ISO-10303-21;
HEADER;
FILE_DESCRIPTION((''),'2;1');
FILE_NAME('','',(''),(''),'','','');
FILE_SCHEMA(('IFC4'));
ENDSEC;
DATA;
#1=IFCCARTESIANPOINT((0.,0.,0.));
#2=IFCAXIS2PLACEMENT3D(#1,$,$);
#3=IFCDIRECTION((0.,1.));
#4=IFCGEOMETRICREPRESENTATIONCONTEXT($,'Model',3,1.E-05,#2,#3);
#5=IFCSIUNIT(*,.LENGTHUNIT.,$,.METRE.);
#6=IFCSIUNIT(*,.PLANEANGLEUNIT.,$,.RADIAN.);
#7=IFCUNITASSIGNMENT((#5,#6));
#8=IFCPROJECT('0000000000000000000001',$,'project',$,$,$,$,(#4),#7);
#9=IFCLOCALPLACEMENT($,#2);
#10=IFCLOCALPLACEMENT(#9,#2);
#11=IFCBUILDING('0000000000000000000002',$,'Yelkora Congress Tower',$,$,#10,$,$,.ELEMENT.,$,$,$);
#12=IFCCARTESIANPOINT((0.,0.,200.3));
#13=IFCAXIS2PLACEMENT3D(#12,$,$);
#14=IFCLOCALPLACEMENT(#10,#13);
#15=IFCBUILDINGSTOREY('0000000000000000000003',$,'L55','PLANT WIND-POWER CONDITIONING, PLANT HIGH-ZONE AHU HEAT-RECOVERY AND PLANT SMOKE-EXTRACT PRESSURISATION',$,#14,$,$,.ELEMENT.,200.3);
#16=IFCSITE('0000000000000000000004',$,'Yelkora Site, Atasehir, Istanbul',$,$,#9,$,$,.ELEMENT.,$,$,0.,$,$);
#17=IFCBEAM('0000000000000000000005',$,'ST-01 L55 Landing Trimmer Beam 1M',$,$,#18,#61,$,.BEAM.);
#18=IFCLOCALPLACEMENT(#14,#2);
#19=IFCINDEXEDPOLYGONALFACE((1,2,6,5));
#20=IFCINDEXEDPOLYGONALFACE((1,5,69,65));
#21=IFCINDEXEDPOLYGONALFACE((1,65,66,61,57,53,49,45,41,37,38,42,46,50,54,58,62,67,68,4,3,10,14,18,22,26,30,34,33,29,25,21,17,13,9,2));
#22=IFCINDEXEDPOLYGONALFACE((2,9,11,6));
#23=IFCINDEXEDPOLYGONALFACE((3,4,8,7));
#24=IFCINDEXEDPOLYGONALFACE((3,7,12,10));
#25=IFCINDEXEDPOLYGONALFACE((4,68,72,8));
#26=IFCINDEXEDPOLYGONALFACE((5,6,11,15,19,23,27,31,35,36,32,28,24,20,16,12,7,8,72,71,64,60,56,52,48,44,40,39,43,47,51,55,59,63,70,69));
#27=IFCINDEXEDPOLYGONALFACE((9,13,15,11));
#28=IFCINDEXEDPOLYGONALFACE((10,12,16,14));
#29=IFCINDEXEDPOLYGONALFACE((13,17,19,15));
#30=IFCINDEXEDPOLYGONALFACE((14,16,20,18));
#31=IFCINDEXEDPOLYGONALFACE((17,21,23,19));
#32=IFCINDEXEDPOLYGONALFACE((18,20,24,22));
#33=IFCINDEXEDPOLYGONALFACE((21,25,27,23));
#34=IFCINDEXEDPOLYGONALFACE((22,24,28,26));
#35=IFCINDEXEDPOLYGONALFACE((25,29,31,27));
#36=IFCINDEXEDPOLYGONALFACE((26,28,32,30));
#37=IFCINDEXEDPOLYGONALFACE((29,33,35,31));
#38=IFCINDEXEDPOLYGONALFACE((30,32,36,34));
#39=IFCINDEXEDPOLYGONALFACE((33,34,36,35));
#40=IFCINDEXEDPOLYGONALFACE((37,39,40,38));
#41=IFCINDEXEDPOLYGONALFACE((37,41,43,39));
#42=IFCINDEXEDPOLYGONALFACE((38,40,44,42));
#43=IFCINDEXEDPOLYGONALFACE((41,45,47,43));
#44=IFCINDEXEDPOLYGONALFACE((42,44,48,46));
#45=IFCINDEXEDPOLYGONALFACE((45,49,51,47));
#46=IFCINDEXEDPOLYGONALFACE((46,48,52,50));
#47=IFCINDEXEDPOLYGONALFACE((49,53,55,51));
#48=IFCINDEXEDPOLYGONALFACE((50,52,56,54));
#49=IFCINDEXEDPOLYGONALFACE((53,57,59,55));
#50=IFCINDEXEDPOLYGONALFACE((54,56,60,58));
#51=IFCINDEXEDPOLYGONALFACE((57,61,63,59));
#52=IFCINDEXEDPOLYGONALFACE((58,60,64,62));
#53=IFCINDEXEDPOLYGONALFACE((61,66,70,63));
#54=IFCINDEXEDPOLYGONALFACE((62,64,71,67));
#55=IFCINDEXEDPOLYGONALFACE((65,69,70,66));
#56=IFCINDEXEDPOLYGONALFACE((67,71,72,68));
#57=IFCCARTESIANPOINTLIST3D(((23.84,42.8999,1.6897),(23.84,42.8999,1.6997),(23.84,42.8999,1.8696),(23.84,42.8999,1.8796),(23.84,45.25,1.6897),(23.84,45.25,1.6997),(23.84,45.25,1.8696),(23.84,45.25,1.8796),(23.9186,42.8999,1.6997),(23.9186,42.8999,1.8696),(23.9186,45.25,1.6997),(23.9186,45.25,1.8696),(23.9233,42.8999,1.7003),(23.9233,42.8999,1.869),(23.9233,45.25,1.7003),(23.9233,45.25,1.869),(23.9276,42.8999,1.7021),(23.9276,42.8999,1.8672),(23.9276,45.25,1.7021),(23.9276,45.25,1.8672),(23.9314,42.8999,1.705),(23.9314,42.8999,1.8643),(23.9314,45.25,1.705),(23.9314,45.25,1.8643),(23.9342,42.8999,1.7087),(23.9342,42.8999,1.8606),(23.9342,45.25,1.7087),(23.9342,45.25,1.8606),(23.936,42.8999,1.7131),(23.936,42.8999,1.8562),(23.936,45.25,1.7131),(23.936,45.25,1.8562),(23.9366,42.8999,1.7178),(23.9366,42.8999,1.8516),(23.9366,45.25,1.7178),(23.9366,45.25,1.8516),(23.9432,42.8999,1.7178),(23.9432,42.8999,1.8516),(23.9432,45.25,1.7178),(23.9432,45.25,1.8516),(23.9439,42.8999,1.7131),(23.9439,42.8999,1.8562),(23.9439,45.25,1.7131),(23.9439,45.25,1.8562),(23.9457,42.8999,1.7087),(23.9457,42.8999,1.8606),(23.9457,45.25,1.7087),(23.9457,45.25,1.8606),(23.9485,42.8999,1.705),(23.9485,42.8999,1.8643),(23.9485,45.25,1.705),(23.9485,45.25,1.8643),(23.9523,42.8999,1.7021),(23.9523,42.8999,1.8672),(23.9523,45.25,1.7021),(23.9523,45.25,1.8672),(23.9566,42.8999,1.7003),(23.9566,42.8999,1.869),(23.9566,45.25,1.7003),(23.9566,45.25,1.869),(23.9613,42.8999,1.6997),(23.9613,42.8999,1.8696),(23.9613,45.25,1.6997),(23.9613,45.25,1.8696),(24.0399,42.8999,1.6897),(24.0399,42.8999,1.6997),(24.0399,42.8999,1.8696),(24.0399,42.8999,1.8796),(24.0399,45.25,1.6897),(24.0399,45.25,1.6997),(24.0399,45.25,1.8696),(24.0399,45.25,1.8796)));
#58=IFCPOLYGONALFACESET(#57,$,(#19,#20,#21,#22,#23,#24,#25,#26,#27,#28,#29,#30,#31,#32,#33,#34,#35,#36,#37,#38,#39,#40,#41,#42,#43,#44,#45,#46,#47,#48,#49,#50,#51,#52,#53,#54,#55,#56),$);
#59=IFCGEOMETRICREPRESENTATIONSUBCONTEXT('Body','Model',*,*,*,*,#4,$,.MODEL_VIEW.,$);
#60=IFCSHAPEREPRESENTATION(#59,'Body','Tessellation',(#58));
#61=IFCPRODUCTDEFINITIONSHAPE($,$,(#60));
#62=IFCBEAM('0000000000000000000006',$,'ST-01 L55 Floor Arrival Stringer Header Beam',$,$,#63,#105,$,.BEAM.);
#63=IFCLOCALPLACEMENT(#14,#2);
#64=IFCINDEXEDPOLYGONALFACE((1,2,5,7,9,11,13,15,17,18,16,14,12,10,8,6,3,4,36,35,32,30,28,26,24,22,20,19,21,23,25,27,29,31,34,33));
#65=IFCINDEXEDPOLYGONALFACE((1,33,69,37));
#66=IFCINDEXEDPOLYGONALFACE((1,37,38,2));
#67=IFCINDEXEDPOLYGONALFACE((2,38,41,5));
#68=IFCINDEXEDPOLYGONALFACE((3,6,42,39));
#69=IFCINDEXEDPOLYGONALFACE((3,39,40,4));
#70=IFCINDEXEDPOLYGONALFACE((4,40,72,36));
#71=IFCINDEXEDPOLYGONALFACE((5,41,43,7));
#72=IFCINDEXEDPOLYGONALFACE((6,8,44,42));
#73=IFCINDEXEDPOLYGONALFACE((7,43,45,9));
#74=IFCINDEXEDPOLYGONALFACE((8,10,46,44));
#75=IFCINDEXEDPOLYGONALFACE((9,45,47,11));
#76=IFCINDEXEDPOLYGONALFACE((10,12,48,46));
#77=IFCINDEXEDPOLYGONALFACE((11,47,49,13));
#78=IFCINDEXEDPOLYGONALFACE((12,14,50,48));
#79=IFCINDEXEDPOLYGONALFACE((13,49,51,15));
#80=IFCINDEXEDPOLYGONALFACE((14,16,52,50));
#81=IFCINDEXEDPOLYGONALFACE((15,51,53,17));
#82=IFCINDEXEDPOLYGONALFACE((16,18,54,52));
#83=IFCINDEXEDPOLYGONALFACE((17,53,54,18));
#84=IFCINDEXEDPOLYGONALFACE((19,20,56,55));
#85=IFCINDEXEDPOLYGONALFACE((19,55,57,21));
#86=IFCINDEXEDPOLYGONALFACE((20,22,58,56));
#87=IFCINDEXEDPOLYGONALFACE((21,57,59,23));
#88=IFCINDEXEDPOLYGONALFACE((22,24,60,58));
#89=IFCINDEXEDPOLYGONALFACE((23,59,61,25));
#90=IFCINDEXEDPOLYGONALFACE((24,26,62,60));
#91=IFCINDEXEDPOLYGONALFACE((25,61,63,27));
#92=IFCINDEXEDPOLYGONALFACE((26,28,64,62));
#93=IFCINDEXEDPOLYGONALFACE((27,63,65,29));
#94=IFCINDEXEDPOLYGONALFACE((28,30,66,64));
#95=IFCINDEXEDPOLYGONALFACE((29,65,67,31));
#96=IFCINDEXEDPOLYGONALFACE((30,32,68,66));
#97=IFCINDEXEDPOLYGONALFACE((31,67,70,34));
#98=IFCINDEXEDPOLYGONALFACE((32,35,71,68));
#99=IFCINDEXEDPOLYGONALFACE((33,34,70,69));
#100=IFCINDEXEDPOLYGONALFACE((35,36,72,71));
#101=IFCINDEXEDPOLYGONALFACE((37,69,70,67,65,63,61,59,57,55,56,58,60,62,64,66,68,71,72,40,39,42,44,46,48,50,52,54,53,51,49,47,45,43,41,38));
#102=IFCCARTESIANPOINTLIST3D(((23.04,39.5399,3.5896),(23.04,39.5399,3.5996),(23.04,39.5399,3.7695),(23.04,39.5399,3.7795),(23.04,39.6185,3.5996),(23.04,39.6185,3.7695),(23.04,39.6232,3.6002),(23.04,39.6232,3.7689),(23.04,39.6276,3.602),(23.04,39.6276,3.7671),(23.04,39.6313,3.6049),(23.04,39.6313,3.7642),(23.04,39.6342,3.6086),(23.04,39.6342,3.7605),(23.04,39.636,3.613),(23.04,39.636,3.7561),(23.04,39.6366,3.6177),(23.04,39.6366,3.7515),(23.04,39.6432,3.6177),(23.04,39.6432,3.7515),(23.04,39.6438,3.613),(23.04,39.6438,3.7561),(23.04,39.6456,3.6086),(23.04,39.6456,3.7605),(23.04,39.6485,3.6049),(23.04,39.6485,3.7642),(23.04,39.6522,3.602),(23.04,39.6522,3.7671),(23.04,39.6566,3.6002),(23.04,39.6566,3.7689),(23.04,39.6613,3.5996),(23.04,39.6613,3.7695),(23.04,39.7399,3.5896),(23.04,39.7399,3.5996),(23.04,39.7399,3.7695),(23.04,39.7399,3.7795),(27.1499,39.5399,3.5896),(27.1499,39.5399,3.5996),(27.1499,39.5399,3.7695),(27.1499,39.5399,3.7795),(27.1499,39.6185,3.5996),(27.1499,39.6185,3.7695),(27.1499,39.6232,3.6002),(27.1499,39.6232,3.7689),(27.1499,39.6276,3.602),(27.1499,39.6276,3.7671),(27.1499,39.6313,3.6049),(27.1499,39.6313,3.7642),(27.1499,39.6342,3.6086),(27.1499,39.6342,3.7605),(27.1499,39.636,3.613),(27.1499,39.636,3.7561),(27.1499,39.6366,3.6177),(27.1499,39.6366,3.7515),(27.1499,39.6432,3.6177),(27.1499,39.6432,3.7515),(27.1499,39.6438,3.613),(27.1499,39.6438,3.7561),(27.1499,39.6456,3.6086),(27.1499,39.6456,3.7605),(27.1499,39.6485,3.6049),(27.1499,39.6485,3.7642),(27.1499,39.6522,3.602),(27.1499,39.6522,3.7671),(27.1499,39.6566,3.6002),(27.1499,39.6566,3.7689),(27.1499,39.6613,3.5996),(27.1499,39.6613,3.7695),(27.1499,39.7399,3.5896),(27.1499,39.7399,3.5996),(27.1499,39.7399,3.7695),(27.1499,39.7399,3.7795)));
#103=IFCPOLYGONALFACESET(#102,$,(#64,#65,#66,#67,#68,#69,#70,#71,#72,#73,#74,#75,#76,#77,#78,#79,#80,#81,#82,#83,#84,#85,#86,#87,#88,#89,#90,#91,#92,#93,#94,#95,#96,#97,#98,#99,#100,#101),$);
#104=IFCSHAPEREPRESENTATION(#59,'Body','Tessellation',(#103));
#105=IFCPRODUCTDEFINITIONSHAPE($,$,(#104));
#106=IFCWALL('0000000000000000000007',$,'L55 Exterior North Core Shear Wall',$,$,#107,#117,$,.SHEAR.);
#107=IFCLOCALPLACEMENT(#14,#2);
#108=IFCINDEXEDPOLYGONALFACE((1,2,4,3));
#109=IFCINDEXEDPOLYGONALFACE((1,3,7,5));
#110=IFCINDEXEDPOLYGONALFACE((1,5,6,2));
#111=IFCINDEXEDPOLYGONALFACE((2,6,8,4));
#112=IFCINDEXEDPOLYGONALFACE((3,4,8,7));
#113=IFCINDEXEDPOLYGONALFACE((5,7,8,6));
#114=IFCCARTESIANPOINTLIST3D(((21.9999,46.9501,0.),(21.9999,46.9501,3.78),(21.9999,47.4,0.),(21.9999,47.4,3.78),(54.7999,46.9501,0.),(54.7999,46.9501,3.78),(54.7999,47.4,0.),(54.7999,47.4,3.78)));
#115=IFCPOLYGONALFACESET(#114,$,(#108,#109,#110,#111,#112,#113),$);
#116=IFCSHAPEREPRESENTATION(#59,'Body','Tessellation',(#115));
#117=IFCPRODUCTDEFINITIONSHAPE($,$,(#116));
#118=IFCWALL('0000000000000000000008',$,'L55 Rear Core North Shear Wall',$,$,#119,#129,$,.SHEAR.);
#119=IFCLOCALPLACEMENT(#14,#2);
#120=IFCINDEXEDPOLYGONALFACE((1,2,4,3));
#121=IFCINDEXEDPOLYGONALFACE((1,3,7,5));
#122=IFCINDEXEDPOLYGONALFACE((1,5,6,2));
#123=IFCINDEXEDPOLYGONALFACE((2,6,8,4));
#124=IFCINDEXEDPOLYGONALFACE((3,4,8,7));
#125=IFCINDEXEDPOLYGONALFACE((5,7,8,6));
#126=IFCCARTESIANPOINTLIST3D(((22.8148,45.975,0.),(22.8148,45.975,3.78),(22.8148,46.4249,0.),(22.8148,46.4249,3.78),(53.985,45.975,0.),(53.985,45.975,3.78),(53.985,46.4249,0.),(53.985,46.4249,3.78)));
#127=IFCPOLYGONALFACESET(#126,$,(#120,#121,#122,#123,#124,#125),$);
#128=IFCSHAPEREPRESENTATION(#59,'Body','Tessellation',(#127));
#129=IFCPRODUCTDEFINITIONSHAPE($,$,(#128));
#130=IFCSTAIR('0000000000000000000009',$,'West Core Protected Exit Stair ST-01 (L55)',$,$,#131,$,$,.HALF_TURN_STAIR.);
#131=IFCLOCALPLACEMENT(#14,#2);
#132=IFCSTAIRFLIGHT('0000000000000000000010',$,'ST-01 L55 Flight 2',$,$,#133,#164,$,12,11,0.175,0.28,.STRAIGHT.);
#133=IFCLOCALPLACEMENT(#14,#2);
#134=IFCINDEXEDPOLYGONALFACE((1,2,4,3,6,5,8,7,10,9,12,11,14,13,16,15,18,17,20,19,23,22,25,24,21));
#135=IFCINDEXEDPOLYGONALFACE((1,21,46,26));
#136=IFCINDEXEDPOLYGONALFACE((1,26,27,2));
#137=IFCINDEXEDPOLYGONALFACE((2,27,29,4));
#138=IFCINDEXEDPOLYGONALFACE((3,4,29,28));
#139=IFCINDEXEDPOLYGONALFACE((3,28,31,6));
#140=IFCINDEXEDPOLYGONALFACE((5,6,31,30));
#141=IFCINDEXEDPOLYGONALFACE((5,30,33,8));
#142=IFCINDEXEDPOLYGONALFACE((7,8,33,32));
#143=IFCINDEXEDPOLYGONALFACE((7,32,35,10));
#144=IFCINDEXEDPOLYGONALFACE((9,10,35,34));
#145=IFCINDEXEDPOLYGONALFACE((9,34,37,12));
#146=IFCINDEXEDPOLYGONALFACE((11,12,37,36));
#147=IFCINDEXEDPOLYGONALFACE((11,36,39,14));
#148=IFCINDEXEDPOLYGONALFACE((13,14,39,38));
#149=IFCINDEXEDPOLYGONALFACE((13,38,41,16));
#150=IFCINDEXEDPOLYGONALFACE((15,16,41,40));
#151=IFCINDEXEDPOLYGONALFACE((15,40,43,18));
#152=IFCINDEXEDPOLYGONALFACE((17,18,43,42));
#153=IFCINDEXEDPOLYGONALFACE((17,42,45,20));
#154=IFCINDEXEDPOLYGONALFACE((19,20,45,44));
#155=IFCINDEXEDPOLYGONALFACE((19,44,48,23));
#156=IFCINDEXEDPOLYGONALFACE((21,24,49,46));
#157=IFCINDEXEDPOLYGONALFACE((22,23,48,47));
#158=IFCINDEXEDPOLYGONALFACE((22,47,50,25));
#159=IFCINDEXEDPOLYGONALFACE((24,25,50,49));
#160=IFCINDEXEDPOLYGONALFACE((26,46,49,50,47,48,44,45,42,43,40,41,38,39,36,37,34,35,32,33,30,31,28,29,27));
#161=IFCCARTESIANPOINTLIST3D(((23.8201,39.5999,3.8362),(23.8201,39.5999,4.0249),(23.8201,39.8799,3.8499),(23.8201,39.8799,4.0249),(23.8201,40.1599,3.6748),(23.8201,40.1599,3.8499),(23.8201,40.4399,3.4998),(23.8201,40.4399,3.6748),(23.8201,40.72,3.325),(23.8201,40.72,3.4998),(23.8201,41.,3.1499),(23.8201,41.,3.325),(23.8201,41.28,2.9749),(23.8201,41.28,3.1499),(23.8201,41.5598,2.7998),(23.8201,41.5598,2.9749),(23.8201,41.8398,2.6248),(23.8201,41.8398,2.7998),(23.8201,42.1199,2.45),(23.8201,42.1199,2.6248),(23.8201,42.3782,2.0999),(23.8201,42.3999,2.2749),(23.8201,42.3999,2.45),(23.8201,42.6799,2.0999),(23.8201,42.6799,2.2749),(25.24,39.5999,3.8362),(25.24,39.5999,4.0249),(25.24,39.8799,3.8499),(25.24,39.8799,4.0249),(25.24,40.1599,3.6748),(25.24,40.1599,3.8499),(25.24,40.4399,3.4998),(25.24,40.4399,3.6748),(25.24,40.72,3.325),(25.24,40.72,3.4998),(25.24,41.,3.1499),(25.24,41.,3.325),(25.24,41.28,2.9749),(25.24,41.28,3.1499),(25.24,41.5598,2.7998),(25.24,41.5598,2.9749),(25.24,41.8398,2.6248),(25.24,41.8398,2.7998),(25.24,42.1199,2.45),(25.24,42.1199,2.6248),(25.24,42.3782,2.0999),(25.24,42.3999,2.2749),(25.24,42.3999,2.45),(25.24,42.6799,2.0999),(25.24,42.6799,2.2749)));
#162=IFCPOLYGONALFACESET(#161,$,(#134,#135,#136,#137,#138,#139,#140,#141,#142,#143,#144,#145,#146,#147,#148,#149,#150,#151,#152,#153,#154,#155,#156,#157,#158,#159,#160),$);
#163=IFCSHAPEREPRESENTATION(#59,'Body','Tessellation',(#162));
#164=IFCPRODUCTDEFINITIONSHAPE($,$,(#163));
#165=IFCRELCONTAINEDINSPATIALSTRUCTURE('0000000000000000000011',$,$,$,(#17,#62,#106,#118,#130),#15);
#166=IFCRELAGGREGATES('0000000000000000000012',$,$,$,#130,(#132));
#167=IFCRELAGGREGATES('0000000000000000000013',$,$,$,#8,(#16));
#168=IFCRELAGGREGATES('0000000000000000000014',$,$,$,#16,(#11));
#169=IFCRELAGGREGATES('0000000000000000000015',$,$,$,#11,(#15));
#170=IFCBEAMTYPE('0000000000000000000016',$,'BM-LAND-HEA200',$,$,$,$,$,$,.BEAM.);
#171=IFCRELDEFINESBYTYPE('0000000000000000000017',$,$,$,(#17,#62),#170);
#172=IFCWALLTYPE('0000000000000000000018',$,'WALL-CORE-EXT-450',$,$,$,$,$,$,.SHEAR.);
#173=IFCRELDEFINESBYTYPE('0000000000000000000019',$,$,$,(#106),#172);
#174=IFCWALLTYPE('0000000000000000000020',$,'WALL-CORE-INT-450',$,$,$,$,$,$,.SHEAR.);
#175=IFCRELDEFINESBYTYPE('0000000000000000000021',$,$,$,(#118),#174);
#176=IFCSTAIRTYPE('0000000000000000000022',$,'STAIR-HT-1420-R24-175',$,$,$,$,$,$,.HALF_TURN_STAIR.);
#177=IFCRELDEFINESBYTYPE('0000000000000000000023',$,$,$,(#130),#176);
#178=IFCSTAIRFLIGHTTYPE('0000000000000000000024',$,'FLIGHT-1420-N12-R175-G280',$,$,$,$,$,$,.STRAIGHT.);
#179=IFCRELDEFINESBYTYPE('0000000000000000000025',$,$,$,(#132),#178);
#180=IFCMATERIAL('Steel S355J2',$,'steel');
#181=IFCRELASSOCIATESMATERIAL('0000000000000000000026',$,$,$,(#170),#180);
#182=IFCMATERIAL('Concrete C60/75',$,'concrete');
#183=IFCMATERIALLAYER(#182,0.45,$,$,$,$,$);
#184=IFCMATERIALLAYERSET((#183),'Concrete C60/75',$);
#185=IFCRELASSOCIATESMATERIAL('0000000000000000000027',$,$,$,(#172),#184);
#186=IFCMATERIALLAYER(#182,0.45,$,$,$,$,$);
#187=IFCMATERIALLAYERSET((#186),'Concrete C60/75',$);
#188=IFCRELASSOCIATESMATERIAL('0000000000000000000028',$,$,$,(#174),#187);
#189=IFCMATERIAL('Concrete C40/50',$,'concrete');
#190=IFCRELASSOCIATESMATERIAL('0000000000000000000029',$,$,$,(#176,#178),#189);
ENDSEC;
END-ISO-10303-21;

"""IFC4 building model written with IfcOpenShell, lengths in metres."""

from ifc_helpers import new_model, si_unit, direction, frame, frame_2d, origin, origin_2d, place, context, subcontext, project, spatial, polyline, rectangle, i_section, outline, extrude, material, layer, layer_set, material_profile, profile_set, type_object, element, aggregate, save


model = new_model("IFC4")

# Units and contexts
model_context = context("Model", 3, precision=1e-05, world=origin(), true_north=direction((0.0, 1.0)))
body_context = subcontext(model_context, "Body", "Model", "MODEL_VIEW")
ifc_project = project(units=[si_unit("LENGTHUNIT", "METRE"), si_unit("PLANEANGLEUNIT", "RADIAN")], contexts=[model_context])

# Site, building, storey
site_placement = place(None, origin())
site = spatial("IfcSite", under=ifc_project, at=site_placement, Name="Yelkora Site, Atasehir, Istanbul", CompositionType="ELEMENT", RefElevation=0.0)
building_placement = place(site_placement, origin())
building = spatial("IfcBuilding", under=site, at=building_placement, Name="Yelkora Congress Tower", CompositionType="ELEMENT")
storey_placement = place(building_placement, frame((0.0, 0.0, 200.3)))
storey = spatial("IfcBuildingStorey", under=building, at=storey_placement, Name="L55", Description="PLANT WIND-POWER CONDITIONING, PLANT HIGH-ZONE AHU HEAT-RECOVERY AND PLANT SMOKE-EXTRACT PRESSURISATION", CompositionType="ELEMENT", Elevation=200.3)

# Beams
ifc_material_1 = material(Name="Steel S355J2", Category="steel")
ifc_material_profile_1 = material_profile(ifc_material_1, i_section(OverallWidth=0.2, OverallDepth=0.1899, WebThickness=0.0066, FlangeThickness=0.01, FilletRadius=0.0181, at=origin_2d()), Name="HEA 200")
ifc_profile_set_1 = profile_set([ifc_material_profile_1], Name="Steel S355J2")
beam_type = type_object("IfcBeamType", Name="BM-LAND-HEA200", PredefinedType="BEAM", material=ifc_profile_set_1)
beam_1_placement = place(storey_placement, frame((23.9399, 42.8999, 1.7847), z_axis=(0.0, 1.0, 0.0), x_axis=(-1.0, 0.0, 0.0)))
element("IfcBeam", 1, at=beam_1_placement, inside=storey, type_object=beam_type, Name="ST-01 L55 Landing Trimmer Beam 1M", PredefinedType="BEAM", context=body_context, shape_type="SweptSolid", body=[
    extrude(i_section(OverallWidth=0.2, OverallDepth=0.1899, WebThickness=0.0066, FlangeThickness=0.01, FilletRadius=0.0181, at=origin_2d()), origin(), (0.0, 0.0, 1.0), 2.3501),
])
beam_2_placement = place(storey_placement, frame((23.04, 39.6399, 3.6846), z_axis=(1.0, 0.0, 0.0), x_axis=(0.0, 1.0, 0.0)))
element("IfcBeam", 2, at=beam_2_placement, inside=storey, type_object=beam_type, Name="ST-01 L55 Floor Arrival Stringer Header Beam", PredefinedType="BEAM", context=body_context, shape_type="SweptSolid", body=[
    extrude(i_section(OverallWidth=0.2, OverallDepth=0.1899, WebThickness=0.0066, FlangeThickness=0.01, FilletRadius=0.0181, at=origin_2d()), origin(), (0.0, 0.0, 1.0), 4.1099),
])

# Walls
ifc_material_2 = material(Name="Concrete C60/75", Category="concrete")
ifc_layer_1 = layer(ifc_material_2, 0.45)
ifc_layer_set_1 = layer_set([ifc_layer_1], Name="Concrete C60/75")
wall_type_1 = type_object("IfcWallType", Name="WALL-CORE-EXT-450", PredefinedType="SHEAR", material=ifc_layer_set_1)
wall_1_placement = place(storey_placement, frame((22.0, 47.175, 0.0), z_axis=(0.0, 0.0, 1.0), x_axis=(1.0, 0.0, 0.0)))
element("IfcWall", 3, at=wall_1_placement, inside=storey, type_object=wall_type_1, Name="L55 Exterior North Core Shear Wall", PredefinedType="SHEAR", context=body_context, shape_type="SweptSolid", body=[
    extrude(rectangle(XDim=32.8, YDim=0.45, at=frame_2d((16.3999, 0.0))), origin(), (0.0, 0.0, 1.0), 3.78),
])
ifc_layer_2 = layer(ifc_material_2, 0.45)
ifc_layer_set_2 = layer_set([ifc_layer_2], Name="Concrete C60/75")
wall_type_2 = type_object("IfcWallType", Name="WALL-CORE-INT-450", PredefinedType="SHEAR", material=ifc_layer_set_2)
wall_2_placement = place(storey_placement, frame((22.8149, 46.2, 0.0), z_axis=(0.0, 0.0, 1.0), x_axis=(1.0, 0.0, 0.0)))
element("IfcWall", 4, at=wall_2_placement, inside=storey, type_object=wall_type_2, Name="L55 Rear Core North Shear Wall", PredefinedType="SHEAR", context=body_context, shape_type="SweptSolid", body=[
    extrude(rectangle(XDim=31.1702, YDim=0.45, at=frame_2d((15.585, 0.0))), origin(), (0.0, 0.0, 1.0), 3.78),
])

# Stair, stair flight
ifc_material_3 = material(Name="Concrete C40/50", Category="concrete")
stair_type = type_object("IfcStairType", Name="STAIR-HT-1420-R24-175", PredefinedType="HALF_TURN_STAIR", material=ifc_material_3)
stair_placement = place(storey_placement, origin())
stair = element("IfcStair", 5, at=stair_placement, inside=storey, type_object=stair_type, Name="West Core Protected Exit Stair ST-01 (L55)", PredefinedType="HALF_TURN_STAIR")
stair_flight_type = type_object("IfcStairFlightType", Name="FLIGHT-1420-N12-R175-G280", PredefinedType="STRAIGHT", material=ifc_material_3)
stair_flight_placement = place(storey_placement, frame((24.53, 42.6799, 2.0999), z_axis=(0.0, 0.0, 1.0), x_axis=(0.0, -1.0, 0.0)))
stair_flight = element("IfcStairFlight", 6, at=stair_flight_placement, type_object=stair_flight_type, Name="ST-01 L55 Flight 2", NumberOfRisers=12, NumberOfTreads=11, PredefinedType="STRAIGHT", RiserHeight=0.175, TreadLength=0.28, context=body_context, shape_type="SweptSolid", body=[
    extrude(outline(polyline([(0.0, 0.0), (0.0, 0.175), (0.28, 0.175), (0.28, 0.3501), (0.5601, 0.3501), (0.5601, 0.5249), (0.8401, 0.5249), (0.8401, 0.7), (1.1201, 0.7), (1.1201, 0.875), (1.3999, 0.875), (1.3999, 1.05), (1.6799, 1.05), (1.6799, 1.2251), (1.96, 1.2251), (1.96, 1.3999), (2.24, 1.3999), (2.24, 1.575), (2.52, 1.575), (2.52, 1.75), (2.8, 1.75), (2.8, 1.925), (3.0801, 1.925), (3.0801, 2.1001), (3.0801, 1.7363), (0.3018, 0.0), (0.0, 0.0)])), frame((0.0, 0.71, 0.0), z_axis=(0.0, -1.0, 0.0), x_axis=(1.0, 0.0, 0.0)), (0.0, 0.0, 1.0), 1.4199),
])
aggregate(stair, [stair_flight])

save(model, "model.ifc")
